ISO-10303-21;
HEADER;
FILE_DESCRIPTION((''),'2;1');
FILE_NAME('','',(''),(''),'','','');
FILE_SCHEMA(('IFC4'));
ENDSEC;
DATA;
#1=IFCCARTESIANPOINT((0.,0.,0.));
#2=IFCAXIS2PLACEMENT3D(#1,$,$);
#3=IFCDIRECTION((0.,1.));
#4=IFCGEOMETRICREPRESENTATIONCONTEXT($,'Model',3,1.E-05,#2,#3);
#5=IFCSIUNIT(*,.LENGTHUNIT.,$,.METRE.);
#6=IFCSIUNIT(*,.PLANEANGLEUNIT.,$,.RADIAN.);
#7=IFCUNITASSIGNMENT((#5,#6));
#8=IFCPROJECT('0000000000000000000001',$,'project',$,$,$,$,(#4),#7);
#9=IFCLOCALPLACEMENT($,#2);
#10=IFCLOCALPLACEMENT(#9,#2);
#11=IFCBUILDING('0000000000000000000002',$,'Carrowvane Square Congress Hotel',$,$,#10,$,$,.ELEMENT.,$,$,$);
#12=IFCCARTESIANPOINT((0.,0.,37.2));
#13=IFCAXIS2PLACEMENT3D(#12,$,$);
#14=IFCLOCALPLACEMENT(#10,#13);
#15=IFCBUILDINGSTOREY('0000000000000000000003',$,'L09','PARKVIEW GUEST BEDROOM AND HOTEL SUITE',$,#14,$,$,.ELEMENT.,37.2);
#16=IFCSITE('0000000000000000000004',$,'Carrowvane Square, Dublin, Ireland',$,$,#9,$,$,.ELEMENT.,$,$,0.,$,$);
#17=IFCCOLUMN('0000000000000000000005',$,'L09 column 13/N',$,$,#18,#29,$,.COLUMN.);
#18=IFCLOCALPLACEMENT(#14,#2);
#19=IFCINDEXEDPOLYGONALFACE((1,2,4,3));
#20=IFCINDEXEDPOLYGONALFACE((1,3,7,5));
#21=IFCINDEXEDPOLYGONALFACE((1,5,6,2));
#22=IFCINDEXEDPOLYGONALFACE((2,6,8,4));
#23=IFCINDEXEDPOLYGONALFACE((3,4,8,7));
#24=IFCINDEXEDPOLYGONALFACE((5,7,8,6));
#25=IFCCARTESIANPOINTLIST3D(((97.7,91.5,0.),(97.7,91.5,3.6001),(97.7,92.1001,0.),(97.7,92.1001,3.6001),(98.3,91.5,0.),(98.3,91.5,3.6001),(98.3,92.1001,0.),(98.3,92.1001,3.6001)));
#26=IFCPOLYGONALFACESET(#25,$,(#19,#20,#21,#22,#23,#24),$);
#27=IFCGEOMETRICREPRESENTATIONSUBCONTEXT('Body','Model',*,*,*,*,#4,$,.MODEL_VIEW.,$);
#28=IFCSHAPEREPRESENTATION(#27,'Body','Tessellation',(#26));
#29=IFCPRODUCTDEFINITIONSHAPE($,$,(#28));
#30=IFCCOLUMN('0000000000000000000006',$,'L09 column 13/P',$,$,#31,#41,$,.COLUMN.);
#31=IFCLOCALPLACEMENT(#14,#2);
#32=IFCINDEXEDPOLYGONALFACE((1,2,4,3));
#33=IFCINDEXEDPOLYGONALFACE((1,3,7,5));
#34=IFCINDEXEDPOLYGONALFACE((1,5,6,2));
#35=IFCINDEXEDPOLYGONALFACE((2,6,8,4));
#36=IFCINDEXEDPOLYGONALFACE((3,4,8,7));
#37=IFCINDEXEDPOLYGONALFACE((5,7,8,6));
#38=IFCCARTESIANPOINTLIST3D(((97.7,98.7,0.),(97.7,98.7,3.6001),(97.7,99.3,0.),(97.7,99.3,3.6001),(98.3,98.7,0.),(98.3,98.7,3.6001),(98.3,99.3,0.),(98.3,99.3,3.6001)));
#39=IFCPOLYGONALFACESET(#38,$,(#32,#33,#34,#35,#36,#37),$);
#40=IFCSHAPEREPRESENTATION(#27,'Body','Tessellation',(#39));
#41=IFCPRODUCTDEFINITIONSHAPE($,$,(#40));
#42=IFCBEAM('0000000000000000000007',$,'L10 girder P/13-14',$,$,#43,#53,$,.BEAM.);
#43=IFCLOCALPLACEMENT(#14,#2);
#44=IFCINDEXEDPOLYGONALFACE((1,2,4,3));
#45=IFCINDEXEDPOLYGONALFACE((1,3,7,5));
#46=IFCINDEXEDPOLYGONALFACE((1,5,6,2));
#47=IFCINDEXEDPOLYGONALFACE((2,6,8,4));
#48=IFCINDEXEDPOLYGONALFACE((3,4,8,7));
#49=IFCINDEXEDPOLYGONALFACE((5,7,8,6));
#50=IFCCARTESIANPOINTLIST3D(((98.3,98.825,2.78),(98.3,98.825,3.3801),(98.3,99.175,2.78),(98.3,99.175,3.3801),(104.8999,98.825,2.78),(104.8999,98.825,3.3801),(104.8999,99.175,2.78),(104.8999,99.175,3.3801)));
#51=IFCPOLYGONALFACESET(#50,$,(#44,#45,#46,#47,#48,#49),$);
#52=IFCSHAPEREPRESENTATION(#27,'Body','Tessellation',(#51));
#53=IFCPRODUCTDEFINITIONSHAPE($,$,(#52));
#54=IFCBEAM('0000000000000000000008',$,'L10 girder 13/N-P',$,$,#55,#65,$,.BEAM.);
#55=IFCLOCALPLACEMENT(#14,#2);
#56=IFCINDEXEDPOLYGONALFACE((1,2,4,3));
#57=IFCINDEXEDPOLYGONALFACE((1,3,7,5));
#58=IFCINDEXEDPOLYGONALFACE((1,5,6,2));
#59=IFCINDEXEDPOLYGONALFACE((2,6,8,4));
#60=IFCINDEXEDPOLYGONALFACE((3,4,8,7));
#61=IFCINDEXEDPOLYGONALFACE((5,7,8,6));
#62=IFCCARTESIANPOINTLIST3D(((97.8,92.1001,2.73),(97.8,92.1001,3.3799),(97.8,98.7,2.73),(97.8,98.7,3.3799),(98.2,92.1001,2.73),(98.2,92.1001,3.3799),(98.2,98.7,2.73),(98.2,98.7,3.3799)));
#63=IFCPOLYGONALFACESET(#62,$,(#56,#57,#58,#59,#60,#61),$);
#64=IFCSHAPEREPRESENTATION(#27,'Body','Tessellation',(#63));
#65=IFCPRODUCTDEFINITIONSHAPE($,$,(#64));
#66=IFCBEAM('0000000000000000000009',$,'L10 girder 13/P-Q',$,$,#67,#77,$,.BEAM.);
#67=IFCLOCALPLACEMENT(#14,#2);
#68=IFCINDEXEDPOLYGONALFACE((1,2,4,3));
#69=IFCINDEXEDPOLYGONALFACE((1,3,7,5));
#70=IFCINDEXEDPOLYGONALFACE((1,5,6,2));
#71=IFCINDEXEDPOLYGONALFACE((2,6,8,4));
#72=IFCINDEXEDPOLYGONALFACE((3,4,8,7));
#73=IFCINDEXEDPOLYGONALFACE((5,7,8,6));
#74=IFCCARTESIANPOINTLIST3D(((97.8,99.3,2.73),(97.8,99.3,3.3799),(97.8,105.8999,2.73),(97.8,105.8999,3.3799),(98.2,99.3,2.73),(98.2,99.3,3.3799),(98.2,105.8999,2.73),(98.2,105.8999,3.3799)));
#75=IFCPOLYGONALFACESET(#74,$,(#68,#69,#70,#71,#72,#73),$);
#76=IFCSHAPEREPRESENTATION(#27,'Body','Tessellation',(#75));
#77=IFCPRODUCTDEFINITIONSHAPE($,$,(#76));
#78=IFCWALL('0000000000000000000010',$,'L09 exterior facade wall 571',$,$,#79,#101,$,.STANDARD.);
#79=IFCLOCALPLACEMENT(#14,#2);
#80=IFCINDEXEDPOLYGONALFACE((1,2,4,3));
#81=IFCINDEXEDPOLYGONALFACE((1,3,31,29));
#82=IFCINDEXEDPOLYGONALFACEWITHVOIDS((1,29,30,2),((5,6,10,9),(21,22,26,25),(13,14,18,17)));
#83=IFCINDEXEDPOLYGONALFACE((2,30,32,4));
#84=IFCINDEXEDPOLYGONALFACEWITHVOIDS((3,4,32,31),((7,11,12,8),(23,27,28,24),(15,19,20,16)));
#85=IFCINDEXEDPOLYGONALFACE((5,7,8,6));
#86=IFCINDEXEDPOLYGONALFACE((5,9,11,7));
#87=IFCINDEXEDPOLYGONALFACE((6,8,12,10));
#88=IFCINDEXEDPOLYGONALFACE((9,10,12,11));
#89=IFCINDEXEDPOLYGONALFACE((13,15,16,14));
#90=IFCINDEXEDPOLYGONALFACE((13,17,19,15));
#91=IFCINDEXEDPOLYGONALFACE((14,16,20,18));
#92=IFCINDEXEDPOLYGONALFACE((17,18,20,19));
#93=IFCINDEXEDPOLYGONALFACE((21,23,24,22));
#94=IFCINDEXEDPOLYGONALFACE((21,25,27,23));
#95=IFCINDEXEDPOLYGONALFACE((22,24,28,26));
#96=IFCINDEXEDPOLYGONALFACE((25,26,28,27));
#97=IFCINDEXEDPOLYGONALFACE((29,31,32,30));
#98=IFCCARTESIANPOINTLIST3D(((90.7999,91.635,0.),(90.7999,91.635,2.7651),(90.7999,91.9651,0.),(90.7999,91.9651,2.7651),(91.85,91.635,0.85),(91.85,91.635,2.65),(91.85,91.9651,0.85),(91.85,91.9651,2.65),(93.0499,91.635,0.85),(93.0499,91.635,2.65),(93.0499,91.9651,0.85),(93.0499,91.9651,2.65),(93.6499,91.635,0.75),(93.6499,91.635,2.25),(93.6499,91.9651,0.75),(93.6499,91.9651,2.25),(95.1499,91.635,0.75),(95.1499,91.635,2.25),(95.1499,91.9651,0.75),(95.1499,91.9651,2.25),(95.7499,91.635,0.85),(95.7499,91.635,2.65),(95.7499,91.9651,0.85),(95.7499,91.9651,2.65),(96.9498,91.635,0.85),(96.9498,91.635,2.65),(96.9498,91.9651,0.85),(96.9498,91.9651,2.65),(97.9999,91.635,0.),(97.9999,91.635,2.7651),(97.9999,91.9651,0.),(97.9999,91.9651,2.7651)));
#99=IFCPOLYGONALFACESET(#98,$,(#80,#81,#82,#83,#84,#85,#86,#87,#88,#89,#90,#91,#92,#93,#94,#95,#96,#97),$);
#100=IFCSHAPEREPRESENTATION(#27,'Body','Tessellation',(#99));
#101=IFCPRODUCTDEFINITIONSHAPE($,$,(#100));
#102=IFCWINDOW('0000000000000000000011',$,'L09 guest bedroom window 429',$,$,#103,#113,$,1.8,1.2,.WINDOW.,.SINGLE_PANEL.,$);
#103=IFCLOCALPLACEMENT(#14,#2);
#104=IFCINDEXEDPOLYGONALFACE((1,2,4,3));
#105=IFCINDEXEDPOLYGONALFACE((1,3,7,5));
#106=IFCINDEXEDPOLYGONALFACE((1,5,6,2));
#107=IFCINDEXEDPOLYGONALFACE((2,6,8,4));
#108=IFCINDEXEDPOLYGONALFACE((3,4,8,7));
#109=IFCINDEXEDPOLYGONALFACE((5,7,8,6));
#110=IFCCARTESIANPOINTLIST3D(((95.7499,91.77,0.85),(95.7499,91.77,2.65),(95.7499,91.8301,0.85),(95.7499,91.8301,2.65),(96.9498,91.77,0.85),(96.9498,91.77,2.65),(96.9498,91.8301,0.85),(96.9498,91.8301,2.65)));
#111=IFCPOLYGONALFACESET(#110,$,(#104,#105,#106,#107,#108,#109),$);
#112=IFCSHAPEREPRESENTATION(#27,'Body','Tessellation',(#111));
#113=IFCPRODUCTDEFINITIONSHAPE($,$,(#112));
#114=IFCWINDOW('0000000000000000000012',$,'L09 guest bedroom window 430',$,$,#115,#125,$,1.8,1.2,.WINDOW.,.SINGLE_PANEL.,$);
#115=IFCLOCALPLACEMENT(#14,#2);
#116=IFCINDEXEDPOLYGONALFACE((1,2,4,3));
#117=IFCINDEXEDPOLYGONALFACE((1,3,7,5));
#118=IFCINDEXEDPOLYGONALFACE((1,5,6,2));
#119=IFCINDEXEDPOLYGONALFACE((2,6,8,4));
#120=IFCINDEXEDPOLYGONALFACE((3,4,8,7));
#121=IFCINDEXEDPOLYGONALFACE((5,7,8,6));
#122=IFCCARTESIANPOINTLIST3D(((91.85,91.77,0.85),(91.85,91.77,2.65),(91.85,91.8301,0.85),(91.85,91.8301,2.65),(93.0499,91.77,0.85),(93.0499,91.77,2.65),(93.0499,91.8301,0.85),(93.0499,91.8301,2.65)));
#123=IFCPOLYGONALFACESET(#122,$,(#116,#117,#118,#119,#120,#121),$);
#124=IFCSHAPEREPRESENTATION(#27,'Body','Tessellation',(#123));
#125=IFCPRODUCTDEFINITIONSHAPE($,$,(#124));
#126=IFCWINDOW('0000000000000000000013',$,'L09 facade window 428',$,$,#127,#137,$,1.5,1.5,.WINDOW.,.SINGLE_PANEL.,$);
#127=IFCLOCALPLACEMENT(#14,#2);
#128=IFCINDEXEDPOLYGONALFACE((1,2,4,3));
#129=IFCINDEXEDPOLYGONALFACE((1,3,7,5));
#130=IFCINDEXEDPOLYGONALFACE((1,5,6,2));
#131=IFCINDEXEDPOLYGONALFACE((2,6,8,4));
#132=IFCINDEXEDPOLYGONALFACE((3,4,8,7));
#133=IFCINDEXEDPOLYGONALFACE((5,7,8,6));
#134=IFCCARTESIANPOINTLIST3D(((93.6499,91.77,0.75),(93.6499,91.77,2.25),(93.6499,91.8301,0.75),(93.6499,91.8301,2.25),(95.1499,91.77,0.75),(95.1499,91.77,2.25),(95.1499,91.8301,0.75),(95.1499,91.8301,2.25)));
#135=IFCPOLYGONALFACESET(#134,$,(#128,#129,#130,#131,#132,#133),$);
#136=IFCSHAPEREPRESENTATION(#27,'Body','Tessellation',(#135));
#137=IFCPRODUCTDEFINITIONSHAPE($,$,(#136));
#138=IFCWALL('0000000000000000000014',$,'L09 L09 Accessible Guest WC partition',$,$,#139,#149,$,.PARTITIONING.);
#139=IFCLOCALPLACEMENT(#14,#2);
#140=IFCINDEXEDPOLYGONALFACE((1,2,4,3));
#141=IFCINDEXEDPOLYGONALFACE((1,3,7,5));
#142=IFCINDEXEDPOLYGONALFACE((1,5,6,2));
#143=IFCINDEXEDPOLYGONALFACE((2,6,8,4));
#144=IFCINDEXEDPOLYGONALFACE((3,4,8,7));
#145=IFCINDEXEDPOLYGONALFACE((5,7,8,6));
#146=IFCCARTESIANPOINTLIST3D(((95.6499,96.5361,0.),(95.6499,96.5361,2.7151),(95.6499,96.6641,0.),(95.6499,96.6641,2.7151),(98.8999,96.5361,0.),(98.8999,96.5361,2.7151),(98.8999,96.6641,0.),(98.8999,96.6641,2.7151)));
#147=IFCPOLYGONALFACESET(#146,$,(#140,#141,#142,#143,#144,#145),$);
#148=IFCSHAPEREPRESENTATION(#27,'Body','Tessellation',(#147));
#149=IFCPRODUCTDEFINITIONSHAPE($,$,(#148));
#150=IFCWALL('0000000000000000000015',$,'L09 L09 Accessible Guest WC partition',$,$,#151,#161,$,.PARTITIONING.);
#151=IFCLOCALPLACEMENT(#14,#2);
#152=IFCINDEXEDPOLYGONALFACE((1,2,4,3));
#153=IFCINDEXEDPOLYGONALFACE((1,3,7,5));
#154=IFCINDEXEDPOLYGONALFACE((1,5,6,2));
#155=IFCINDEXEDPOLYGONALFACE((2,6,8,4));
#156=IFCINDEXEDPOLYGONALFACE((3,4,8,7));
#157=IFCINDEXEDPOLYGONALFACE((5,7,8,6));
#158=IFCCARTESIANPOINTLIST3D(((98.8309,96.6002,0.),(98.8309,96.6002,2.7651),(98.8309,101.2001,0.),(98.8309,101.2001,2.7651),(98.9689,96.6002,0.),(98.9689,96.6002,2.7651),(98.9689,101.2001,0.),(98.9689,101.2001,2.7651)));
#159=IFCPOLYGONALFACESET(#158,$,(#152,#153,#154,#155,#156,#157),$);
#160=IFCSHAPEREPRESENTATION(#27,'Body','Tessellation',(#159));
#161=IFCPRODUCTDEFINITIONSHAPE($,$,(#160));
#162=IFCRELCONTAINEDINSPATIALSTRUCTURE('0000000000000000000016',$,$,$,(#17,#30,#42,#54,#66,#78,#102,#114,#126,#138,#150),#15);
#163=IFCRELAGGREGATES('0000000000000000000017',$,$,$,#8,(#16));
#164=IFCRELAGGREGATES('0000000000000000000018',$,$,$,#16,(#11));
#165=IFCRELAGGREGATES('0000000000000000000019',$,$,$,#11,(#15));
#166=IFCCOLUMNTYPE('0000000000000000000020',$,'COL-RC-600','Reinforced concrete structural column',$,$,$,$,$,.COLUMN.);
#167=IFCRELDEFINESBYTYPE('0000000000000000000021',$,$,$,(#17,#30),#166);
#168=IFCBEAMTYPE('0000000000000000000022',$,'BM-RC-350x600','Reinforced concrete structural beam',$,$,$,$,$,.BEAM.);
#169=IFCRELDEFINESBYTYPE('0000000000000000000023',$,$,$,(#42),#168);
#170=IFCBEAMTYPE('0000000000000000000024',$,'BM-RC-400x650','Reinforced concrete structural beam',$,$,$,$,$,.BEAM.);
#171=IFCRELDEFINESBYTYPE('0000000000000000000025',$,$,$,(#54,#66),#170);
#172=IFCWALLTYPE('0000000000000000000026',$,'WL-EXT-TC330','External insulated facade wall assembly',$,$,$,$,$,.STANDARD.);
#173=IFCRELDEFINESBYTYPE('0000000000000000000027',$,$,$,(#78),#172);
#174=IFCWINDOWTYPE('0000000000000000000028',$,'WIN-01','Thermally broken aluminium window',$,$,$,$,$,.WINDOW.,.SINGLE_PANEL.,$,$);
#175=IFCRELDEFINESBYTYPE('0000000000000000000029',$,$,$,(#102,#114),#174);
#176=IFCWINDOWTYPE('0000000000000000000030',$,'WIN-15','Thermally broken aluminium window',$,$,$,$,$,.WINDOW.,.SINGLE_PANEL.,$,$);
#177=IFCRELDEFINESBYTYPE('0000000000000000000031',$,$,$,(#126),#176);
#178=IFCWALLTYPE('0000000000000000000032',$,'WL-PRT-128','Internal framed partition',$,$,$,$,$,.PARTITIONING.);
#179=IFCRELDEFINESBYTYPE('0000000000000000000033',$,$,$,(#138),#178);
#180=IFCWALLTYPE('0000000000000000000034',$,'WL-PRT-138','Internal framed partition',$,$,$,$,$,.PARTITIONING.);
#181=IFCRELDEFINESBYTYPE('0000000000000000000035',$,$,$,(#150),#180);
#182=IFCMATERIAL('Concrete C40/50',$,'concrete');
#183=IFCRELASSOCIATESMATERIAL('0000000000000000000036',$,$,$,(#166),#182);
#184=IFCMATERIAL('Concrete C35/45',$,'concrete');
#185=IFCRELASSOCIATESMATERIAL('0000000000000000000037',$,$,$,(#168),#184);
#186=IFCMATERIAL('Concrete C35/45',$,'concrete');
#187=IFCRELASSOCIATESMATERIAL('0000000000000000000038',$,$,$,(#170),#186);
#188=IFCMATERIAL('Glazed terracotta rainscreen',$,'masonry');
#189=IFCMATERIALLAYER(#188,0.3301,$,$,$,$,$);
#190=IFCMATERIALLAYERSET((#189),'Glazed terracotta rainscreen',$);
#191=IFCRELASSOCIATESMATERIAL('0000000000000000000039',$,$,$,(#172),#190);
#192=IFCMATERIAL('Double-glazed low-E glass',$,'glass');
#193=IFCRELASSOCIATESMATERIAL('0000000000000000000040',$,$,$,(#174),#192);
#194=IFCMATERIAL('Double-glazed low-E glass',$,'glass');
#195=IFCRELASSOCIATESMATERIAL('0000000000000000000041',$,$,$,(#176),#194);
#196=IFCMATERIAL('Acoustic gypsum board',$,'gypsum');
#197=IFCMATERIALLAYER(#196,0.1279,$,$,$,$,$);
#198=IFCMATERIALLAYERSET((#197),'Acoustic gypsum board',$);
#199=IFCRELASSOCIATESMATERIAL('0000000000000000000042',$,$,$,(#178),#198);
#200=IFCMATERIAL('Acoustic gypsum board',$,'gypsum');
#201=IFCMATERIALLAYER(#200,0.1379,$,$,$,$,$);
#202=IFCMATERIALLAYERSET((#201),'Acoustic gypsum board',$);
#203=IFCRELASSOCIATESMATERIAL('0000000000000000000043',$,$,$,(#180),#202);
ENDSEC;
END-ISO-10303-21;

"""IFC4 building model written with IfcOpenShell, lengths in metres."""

from ifc_helpers import new_model, si_unit, direction, frame, frame_2d, origin, origin_2d, place, context, subcontext, project, spatial, rectangle, extrude, material, layer, layer_set, material_profile, profile_set, type_object, element, fill, save


model = new_model("IFC4")

# Units and contexts
model_context = context("Model", 3, precision=1e-05, world=origin(), true_north=direction((0.0, 1.0)))
body_context = subcontext(model_context, "Body", "Model", "MODEL_VIEW")
ifc_project = project(units=[si_unit("LENGTHUNIT", "METRE"), si_unit("PLANEANGLEUNIT", "RADIAN")], contexts=[model_context])

# Site, building, storey
site_placement = place(None, origin())
site = spatial("IfcSite", under=ifc_project, at=site_placement, Name="Carrowvane Square, Dublin, Ireland", CompositionType="ELEMENT", RefElevation=0.0)
building_placement = place(site_placement, origin())
building = spatial("IfcBuilding", under=site, at=building_placement, Name="Carrowvane Square Congress Hotel", CompositionType="ELEMENT")
storey_placement = place(building_placement, frame((0.0, 0.0, 37.2)))
storey = spatial("IfcBuildingStorey", under=building, at=storey_placement, Name="L09", Description="PARKVIEW GUEST BEDROOM AND HOTEL SUITE", CompositionType="ELEMENT", Elevation=37.2)

# Columns
ifc_material_1 = material(Name="Concrete C40/50", Category="concrete")
ifc_material_profile_1 = material_profile(ifc_material_1, rectangle(XDim=0.6001, YDim=0.6001, at=origin_2d()), Name="RC 600x600")
ifc_profile_set_1 = profile_set([ifc_material_profile_1], Name="Concrete C40/50")
column_type = type_object("IfcColumnType", Name="COL-RC-600", Description="Reinforced concrete structural column", PredefinedType="COLUMN", material=ifc_profile_set_1)
for number, where, z_axis, x_axis, name in (
    (1, (98.0, 91.8, 0.0), (0.0, 0.0, 1.0), (1.0, 0.0, 0.0), "L09 column 13/N"),
    (2, (98.0, 99.0, 0.0), (0.0, 0.0, 1.0), (1.0, 0.0, 0.0), "L09 column 13/P"),
):
    element("IfcColumn", number, at=place(storey_placement, frame(where, z_axis=z_axis, x_axis=x_axis)), inside=storey, type_object=column_type, Name=name, PredefinedType="COLUMN", context=body_context, shape_type="SweptSolid", body=[
        extrude(rectangle(XDim=0.6001, YDim=0.6001, at=origin_2d()), origin(), (0.0, 0.0, 1.0), 3.6001),
    ])

# Beams
ifc_material_2 = material(Name="Concrete C35/45", Category="concrete")
ifc_material_profile_2 = material_profile(ifc_material_2, rectangle(XDim=0.3501, YDim=0.6001, at=origin_2d()), Name="RC 350x600")
ifc_profile_set_2 = profile_set([ifc_material_profile_2], Name="Concrete C35/45")
beam_type_1 = type_object("IfcBeamType", Name="BM-RC-350x600", Description="Reinforced concrete structural beam", PredefinedType="BEAM", material=ifc_profile_set_2)
beam_placement = place(storey_placement, frame((98.3, 99.0, 3.0801), z_axis=(1.0, 0.0, 0.0), x_axis=(0.0, 1.0, 0.0)))
element("IfcBeam", 3, at=beam_placement, inside=storey, type_object=beam_type_1, Name="L10 girder P/13-14", PredefinedType="BEAM", context=body_context, shape_type="SweptSolid", body=[
    extrude(rectangle(XDim=0.3501, YDim=0.6001, at=origin_2d()), origin(), (0.0, 0.0, 1.0), 6.5999),
])
ifc_material_3 = material(Name="Concrete C35/45", Category="concrete")
ifc_material_profile_3 = material_profile(ifc_material_3, rectangle(XDim=0.3999, YDim=0.6499, at=origin_2d()), Name="RC 400x650")
ifc_profile_set_3 = profile_set([ifc_material_profile_3], Name="Concrete C35/45")
beam_type_2 = type_object("IfcBeamType", Name="BM-RC-400x650", Description="Reinforced concrete structural beam", PredefinedType="BEAM", material=ifc_profile_set_3)
for number, where, z_axis, x_axis, name in (
    (4, (98.0, 92.1001, 3.0549), (0.0, 1.0, 0.0), (-1.0, 0.0, 0.0), "L10 girder 13/N-P"),
    (5, (98.0, 99.3, 3.0549), (0.0, 1.0, 0.0), (-1.0, 0.0, 0.0), "L10 girder 13/P-Q"),
):
    element("IfcBeam", number, at=place(storey_placement, frame(where, z_axis=z_axis, x_axis=x_axis)), inside=storey, type_object=beam_type_2, Name=name, PredefinedType="BEAM", context=body_context, shape_type="SweptSolid", body=[
        extrude(rectangle(XDim=0.3999, YDim=0.6499, at=origin_2d()), origin(), (0.0, 0.0, 1.0), 6.5999),
    ])

# Wall, openings, windows
ifc_material_4 = material(Name="Glazed terracotta rainscreen", Category="masonry")
ifc_layer_1 = layer(ifc_material_4, 0.3301)
ifc_layer_set_1 = layer_set([ifc_layer_1], Name="Glazed terracotta rainscreen")
wall_type_1 = type_object("IfcWallType", Name="WL-EXT-TC330", Description="External insulated facade wall assembly", PredefinedType="STANDARD", material=ifc_layer_set_1)
wall_1_placement = place(storey_placement, frame((98.0, 91.8, 0.0), z_axis=(0.0, 0.0, 1.0), x_axis=(-1.0, 0.0, 0.0)))
wall_1 = element("IfcWall", 6, at=wall_1_placement, inside=storey, type_object=wall_type_1, Name="L09 exterior facade wall 571", PredefinedType="STANDARD", context=body_context, shape_type="SweptSolid", body=[
    extrude(rectangle(XDim=7.2, YDim=0.3301, at=frame_2d((3.6001, 0.0))), origin(), (0.0, 0.0, 1.0), 2.7651),
])
opening_1_placement = place(wall_1_placement, frame((2.8501, 0.0, 0.75)))
opening_1 = element("IfcOpeningElement", 7, at=opening_1_placement, cuts=wall_1, PredefinedType="OPENING", context=body_context, shape_type="SweptSolid", body=[
    extrude(rectangle(XDim=1.5, YDim=1.5, at=frame_2d((0.75, 0.75))), frame((0.0, 0.175, 0.0), z_axis=(0.0, -1.0, 0.0), x_axis=(1.0, 0.0, 0.0)), (0.0, 0.0, 1.0), 0.3501),
])
opening_2_placement = place(wall_1_placement, frame((1.05, 0.0, 0.8501)))
opening_2 = element("IfcOpeningElement", 8, at=opening_2_placement, cuts=wall_1, PredefinedType="OPENING", context=body_context, shape_type="SweptSolid", body=[
    extrude(rectangle(XDim=1.2, YDim=1.8, at=frame_2d((0.6001, 0.8999))), frame((0.0, 0.175, 0.0), z_axis=(0.0, -1.0, 0.0), x_axis=(1.0, 0.0, 0.0)), (0.0, 0.0, 1.0), 0.3501),
])
opening_3_placement = place(wall_1_placement, frame((4.95, 0.0, 0.8501)))
opening_3 = element("IfcOpeningElement", 9, at=opening_3_placement, cuts=wall_1, PredefinedType="OPENING", context=body_context, shape_type="SweptSolid", body=[
    extrude(rectangle(XDim=1.2, YDim=1.8, at=frame_2d((0.6001, 0.8999))), frame((0.0, 0.175, 0.0), z_axis=(0.0, -1.0, 0.0), x_axis=(1.0, 0.0, 0.0)), (0.0, 0.0, 1.0), 0.3501),
])
ifc_material_5 = material(Name="Double-glazed low-E glass", Category="glass")
window_type_1 = type_object("IfcWindowType", Name="WIN-01", Description="Thermally broken aluminium window", PartitioningType="SINGLE_PANEL", PredefinedType="WINDOW", material=ifc_material_5)
window_1_placement = place(opening_2_placement, origin())
window_1 = element("IfcWindow", 10, at=window_1_placement, inside=storey, type_object=window_type_1, Name="L09 guest bedroom window 429", OverallHeight=1.8, OverallWidth=1.2, PartitioningType="SINGLE_PANEL", PredefinedType="WINDOW", context=body_context, shape_type="SweptSolid", body=[
    extrude(rectangle(XDim=1.2, YDim=1.8, at=frame_2d((0.6001, 0.8999))), frame((0.0, 0.03, 0.0), z_axis=(0.0, -1.0, 0.0), x_axis=(1.0, 0.0, 0.0)), (0.0, 0.0, 1.0), 0.0601),
])
fill(opening_2, window_1)
window_2_placement = place(opening_3_placement, origin())
window_2 = element("IfcWindow", 11, at=window_2_placement, inside=storey, type_object=window_type_1, Name="L09 guest bedroom window 430", OverallHeight=1.8, OverallWidth=1.2, PartitioningType="SINGLE_PANEL", PredefinedType="WINDOW", context=body_context, shape_type="SweptSolid", body=[
    extrude(rectangle(XDim=1.2, YDim=1.8, at=frame_2d((0.6001, 0.8999))), frame((0.0, 0.03, 0.0), z_axis=(0.0, -1.0, 0.0), x_axis=(1.0, 0.0, 0.0)), (0.0, 0.0, 1.0), 0.0601),
])
fill(opening_3, window_2)
ifc_material_6 = material(Name="Double-glazed low-E glass", Category="glass")
window_type_2 = type_object("IfcWindowType", Name="WIN-15", Description="Thermally broken aluminium window", PartitioningType="SINGLE_PANEL", PredefinedType="WINDOW", material=ifc_material_6)
window_3_placement = place(opening_1_placement, origin())
window_3 = element("IfcWindow", 12, at=window_3_placement, inside=storey, type_object=window_type_2, Name="L09 facade window 428", OverallHeight=1.5, OverallWidth=1.5, PartitioningType="SINGLE_PANEL", PredefinedType="WINDOW", context=body_context, shape_type="SweptSolid", body=[
    extrude(rectangle(XDim=1.5, YDim=1.5, at=frame_2d((0.75, 0.75))), frame((0.0, 0.03, 0.0), z_axis=(0.0, -1.0, 0.0), x_axis=(1.0, 0.0, 0.0)), (0.0, 0.0, 1.0), 0.0601),
])
fill(opening_1, window_3)

# Walls
ifc_material_7 = material(Name="Acoustic gypsum board", Category="gypsum")
ifc_layer_2 = layer(ifc_material_7, 0.1279)
ifc_layer_set_2 = layer_set([ifc_layer_2], Name="Acoustic gypsum board")
wall_type_2 = type_object("IfcWallType", Name="WL-PRT-128", Description="Internal framed partition", PredefinedType="PARTITIONING", material=ifc_layer_set_2)
wall_2_placement = place(storey_placement, frame((98.8999, 96.6001, 0.0), z_axis=(0.0, 0.0, 1.0), x_axis=(-1.0, 0.0, 0.0)))
element("IfcWall", 13, at=wall_2_placement, inside=storey, type_object=wall_type_2, Name="L09 L09 Accessible Guest WC partition", PredefinedType="PARTITIONING", context=body_context, shape_type="SweptSolid", body=[
    extrude(rectangle(XDim=3.25, YDim=0.1279, at=frame_2d((1.625, 0.0))), origin(), (0.0, 0.0, 1.0), 2.7151),
])
ifc_material_8 = material(Name="Acoustic gypsum board", Category="gypsum")
ifc_layer_3 = layer(ifc_material_8, 0.1379)
ifc_layer_set_3 = layer_set([ifc_layer_3], Name="Acoustic gypsum board")
wall_type_3 = type_object("IfcWallType", Name="WL-PRT-138", Description="Internal framed partition", PredefinedType="PARTITIONING", material=ifc_layer_set_3)
wall_3_placement = place(storey_placement, frame((98.8999, 101.2, 0.0), z_axis=(0.0, 0.0, 1.0), x_axis=(0.0, -1.0, 0.0)))
element("IfcWall", 14, at=wall_3_placement, inside=storey, type_object=wall_type_3, Name="L09 L09 Accessible Guest WC partition", PredefinedType="PARTITIONING", context=body_context, shape_type="SweptSolid", body=[
    extrude(rectangle(XDim=4.5999, YDim=0.1379, at=frame_2d((2.2998, 0.0))), origin(), (0.0, 0.0, 1.0), 2.7651),
])

save(model, "model.ifc")
